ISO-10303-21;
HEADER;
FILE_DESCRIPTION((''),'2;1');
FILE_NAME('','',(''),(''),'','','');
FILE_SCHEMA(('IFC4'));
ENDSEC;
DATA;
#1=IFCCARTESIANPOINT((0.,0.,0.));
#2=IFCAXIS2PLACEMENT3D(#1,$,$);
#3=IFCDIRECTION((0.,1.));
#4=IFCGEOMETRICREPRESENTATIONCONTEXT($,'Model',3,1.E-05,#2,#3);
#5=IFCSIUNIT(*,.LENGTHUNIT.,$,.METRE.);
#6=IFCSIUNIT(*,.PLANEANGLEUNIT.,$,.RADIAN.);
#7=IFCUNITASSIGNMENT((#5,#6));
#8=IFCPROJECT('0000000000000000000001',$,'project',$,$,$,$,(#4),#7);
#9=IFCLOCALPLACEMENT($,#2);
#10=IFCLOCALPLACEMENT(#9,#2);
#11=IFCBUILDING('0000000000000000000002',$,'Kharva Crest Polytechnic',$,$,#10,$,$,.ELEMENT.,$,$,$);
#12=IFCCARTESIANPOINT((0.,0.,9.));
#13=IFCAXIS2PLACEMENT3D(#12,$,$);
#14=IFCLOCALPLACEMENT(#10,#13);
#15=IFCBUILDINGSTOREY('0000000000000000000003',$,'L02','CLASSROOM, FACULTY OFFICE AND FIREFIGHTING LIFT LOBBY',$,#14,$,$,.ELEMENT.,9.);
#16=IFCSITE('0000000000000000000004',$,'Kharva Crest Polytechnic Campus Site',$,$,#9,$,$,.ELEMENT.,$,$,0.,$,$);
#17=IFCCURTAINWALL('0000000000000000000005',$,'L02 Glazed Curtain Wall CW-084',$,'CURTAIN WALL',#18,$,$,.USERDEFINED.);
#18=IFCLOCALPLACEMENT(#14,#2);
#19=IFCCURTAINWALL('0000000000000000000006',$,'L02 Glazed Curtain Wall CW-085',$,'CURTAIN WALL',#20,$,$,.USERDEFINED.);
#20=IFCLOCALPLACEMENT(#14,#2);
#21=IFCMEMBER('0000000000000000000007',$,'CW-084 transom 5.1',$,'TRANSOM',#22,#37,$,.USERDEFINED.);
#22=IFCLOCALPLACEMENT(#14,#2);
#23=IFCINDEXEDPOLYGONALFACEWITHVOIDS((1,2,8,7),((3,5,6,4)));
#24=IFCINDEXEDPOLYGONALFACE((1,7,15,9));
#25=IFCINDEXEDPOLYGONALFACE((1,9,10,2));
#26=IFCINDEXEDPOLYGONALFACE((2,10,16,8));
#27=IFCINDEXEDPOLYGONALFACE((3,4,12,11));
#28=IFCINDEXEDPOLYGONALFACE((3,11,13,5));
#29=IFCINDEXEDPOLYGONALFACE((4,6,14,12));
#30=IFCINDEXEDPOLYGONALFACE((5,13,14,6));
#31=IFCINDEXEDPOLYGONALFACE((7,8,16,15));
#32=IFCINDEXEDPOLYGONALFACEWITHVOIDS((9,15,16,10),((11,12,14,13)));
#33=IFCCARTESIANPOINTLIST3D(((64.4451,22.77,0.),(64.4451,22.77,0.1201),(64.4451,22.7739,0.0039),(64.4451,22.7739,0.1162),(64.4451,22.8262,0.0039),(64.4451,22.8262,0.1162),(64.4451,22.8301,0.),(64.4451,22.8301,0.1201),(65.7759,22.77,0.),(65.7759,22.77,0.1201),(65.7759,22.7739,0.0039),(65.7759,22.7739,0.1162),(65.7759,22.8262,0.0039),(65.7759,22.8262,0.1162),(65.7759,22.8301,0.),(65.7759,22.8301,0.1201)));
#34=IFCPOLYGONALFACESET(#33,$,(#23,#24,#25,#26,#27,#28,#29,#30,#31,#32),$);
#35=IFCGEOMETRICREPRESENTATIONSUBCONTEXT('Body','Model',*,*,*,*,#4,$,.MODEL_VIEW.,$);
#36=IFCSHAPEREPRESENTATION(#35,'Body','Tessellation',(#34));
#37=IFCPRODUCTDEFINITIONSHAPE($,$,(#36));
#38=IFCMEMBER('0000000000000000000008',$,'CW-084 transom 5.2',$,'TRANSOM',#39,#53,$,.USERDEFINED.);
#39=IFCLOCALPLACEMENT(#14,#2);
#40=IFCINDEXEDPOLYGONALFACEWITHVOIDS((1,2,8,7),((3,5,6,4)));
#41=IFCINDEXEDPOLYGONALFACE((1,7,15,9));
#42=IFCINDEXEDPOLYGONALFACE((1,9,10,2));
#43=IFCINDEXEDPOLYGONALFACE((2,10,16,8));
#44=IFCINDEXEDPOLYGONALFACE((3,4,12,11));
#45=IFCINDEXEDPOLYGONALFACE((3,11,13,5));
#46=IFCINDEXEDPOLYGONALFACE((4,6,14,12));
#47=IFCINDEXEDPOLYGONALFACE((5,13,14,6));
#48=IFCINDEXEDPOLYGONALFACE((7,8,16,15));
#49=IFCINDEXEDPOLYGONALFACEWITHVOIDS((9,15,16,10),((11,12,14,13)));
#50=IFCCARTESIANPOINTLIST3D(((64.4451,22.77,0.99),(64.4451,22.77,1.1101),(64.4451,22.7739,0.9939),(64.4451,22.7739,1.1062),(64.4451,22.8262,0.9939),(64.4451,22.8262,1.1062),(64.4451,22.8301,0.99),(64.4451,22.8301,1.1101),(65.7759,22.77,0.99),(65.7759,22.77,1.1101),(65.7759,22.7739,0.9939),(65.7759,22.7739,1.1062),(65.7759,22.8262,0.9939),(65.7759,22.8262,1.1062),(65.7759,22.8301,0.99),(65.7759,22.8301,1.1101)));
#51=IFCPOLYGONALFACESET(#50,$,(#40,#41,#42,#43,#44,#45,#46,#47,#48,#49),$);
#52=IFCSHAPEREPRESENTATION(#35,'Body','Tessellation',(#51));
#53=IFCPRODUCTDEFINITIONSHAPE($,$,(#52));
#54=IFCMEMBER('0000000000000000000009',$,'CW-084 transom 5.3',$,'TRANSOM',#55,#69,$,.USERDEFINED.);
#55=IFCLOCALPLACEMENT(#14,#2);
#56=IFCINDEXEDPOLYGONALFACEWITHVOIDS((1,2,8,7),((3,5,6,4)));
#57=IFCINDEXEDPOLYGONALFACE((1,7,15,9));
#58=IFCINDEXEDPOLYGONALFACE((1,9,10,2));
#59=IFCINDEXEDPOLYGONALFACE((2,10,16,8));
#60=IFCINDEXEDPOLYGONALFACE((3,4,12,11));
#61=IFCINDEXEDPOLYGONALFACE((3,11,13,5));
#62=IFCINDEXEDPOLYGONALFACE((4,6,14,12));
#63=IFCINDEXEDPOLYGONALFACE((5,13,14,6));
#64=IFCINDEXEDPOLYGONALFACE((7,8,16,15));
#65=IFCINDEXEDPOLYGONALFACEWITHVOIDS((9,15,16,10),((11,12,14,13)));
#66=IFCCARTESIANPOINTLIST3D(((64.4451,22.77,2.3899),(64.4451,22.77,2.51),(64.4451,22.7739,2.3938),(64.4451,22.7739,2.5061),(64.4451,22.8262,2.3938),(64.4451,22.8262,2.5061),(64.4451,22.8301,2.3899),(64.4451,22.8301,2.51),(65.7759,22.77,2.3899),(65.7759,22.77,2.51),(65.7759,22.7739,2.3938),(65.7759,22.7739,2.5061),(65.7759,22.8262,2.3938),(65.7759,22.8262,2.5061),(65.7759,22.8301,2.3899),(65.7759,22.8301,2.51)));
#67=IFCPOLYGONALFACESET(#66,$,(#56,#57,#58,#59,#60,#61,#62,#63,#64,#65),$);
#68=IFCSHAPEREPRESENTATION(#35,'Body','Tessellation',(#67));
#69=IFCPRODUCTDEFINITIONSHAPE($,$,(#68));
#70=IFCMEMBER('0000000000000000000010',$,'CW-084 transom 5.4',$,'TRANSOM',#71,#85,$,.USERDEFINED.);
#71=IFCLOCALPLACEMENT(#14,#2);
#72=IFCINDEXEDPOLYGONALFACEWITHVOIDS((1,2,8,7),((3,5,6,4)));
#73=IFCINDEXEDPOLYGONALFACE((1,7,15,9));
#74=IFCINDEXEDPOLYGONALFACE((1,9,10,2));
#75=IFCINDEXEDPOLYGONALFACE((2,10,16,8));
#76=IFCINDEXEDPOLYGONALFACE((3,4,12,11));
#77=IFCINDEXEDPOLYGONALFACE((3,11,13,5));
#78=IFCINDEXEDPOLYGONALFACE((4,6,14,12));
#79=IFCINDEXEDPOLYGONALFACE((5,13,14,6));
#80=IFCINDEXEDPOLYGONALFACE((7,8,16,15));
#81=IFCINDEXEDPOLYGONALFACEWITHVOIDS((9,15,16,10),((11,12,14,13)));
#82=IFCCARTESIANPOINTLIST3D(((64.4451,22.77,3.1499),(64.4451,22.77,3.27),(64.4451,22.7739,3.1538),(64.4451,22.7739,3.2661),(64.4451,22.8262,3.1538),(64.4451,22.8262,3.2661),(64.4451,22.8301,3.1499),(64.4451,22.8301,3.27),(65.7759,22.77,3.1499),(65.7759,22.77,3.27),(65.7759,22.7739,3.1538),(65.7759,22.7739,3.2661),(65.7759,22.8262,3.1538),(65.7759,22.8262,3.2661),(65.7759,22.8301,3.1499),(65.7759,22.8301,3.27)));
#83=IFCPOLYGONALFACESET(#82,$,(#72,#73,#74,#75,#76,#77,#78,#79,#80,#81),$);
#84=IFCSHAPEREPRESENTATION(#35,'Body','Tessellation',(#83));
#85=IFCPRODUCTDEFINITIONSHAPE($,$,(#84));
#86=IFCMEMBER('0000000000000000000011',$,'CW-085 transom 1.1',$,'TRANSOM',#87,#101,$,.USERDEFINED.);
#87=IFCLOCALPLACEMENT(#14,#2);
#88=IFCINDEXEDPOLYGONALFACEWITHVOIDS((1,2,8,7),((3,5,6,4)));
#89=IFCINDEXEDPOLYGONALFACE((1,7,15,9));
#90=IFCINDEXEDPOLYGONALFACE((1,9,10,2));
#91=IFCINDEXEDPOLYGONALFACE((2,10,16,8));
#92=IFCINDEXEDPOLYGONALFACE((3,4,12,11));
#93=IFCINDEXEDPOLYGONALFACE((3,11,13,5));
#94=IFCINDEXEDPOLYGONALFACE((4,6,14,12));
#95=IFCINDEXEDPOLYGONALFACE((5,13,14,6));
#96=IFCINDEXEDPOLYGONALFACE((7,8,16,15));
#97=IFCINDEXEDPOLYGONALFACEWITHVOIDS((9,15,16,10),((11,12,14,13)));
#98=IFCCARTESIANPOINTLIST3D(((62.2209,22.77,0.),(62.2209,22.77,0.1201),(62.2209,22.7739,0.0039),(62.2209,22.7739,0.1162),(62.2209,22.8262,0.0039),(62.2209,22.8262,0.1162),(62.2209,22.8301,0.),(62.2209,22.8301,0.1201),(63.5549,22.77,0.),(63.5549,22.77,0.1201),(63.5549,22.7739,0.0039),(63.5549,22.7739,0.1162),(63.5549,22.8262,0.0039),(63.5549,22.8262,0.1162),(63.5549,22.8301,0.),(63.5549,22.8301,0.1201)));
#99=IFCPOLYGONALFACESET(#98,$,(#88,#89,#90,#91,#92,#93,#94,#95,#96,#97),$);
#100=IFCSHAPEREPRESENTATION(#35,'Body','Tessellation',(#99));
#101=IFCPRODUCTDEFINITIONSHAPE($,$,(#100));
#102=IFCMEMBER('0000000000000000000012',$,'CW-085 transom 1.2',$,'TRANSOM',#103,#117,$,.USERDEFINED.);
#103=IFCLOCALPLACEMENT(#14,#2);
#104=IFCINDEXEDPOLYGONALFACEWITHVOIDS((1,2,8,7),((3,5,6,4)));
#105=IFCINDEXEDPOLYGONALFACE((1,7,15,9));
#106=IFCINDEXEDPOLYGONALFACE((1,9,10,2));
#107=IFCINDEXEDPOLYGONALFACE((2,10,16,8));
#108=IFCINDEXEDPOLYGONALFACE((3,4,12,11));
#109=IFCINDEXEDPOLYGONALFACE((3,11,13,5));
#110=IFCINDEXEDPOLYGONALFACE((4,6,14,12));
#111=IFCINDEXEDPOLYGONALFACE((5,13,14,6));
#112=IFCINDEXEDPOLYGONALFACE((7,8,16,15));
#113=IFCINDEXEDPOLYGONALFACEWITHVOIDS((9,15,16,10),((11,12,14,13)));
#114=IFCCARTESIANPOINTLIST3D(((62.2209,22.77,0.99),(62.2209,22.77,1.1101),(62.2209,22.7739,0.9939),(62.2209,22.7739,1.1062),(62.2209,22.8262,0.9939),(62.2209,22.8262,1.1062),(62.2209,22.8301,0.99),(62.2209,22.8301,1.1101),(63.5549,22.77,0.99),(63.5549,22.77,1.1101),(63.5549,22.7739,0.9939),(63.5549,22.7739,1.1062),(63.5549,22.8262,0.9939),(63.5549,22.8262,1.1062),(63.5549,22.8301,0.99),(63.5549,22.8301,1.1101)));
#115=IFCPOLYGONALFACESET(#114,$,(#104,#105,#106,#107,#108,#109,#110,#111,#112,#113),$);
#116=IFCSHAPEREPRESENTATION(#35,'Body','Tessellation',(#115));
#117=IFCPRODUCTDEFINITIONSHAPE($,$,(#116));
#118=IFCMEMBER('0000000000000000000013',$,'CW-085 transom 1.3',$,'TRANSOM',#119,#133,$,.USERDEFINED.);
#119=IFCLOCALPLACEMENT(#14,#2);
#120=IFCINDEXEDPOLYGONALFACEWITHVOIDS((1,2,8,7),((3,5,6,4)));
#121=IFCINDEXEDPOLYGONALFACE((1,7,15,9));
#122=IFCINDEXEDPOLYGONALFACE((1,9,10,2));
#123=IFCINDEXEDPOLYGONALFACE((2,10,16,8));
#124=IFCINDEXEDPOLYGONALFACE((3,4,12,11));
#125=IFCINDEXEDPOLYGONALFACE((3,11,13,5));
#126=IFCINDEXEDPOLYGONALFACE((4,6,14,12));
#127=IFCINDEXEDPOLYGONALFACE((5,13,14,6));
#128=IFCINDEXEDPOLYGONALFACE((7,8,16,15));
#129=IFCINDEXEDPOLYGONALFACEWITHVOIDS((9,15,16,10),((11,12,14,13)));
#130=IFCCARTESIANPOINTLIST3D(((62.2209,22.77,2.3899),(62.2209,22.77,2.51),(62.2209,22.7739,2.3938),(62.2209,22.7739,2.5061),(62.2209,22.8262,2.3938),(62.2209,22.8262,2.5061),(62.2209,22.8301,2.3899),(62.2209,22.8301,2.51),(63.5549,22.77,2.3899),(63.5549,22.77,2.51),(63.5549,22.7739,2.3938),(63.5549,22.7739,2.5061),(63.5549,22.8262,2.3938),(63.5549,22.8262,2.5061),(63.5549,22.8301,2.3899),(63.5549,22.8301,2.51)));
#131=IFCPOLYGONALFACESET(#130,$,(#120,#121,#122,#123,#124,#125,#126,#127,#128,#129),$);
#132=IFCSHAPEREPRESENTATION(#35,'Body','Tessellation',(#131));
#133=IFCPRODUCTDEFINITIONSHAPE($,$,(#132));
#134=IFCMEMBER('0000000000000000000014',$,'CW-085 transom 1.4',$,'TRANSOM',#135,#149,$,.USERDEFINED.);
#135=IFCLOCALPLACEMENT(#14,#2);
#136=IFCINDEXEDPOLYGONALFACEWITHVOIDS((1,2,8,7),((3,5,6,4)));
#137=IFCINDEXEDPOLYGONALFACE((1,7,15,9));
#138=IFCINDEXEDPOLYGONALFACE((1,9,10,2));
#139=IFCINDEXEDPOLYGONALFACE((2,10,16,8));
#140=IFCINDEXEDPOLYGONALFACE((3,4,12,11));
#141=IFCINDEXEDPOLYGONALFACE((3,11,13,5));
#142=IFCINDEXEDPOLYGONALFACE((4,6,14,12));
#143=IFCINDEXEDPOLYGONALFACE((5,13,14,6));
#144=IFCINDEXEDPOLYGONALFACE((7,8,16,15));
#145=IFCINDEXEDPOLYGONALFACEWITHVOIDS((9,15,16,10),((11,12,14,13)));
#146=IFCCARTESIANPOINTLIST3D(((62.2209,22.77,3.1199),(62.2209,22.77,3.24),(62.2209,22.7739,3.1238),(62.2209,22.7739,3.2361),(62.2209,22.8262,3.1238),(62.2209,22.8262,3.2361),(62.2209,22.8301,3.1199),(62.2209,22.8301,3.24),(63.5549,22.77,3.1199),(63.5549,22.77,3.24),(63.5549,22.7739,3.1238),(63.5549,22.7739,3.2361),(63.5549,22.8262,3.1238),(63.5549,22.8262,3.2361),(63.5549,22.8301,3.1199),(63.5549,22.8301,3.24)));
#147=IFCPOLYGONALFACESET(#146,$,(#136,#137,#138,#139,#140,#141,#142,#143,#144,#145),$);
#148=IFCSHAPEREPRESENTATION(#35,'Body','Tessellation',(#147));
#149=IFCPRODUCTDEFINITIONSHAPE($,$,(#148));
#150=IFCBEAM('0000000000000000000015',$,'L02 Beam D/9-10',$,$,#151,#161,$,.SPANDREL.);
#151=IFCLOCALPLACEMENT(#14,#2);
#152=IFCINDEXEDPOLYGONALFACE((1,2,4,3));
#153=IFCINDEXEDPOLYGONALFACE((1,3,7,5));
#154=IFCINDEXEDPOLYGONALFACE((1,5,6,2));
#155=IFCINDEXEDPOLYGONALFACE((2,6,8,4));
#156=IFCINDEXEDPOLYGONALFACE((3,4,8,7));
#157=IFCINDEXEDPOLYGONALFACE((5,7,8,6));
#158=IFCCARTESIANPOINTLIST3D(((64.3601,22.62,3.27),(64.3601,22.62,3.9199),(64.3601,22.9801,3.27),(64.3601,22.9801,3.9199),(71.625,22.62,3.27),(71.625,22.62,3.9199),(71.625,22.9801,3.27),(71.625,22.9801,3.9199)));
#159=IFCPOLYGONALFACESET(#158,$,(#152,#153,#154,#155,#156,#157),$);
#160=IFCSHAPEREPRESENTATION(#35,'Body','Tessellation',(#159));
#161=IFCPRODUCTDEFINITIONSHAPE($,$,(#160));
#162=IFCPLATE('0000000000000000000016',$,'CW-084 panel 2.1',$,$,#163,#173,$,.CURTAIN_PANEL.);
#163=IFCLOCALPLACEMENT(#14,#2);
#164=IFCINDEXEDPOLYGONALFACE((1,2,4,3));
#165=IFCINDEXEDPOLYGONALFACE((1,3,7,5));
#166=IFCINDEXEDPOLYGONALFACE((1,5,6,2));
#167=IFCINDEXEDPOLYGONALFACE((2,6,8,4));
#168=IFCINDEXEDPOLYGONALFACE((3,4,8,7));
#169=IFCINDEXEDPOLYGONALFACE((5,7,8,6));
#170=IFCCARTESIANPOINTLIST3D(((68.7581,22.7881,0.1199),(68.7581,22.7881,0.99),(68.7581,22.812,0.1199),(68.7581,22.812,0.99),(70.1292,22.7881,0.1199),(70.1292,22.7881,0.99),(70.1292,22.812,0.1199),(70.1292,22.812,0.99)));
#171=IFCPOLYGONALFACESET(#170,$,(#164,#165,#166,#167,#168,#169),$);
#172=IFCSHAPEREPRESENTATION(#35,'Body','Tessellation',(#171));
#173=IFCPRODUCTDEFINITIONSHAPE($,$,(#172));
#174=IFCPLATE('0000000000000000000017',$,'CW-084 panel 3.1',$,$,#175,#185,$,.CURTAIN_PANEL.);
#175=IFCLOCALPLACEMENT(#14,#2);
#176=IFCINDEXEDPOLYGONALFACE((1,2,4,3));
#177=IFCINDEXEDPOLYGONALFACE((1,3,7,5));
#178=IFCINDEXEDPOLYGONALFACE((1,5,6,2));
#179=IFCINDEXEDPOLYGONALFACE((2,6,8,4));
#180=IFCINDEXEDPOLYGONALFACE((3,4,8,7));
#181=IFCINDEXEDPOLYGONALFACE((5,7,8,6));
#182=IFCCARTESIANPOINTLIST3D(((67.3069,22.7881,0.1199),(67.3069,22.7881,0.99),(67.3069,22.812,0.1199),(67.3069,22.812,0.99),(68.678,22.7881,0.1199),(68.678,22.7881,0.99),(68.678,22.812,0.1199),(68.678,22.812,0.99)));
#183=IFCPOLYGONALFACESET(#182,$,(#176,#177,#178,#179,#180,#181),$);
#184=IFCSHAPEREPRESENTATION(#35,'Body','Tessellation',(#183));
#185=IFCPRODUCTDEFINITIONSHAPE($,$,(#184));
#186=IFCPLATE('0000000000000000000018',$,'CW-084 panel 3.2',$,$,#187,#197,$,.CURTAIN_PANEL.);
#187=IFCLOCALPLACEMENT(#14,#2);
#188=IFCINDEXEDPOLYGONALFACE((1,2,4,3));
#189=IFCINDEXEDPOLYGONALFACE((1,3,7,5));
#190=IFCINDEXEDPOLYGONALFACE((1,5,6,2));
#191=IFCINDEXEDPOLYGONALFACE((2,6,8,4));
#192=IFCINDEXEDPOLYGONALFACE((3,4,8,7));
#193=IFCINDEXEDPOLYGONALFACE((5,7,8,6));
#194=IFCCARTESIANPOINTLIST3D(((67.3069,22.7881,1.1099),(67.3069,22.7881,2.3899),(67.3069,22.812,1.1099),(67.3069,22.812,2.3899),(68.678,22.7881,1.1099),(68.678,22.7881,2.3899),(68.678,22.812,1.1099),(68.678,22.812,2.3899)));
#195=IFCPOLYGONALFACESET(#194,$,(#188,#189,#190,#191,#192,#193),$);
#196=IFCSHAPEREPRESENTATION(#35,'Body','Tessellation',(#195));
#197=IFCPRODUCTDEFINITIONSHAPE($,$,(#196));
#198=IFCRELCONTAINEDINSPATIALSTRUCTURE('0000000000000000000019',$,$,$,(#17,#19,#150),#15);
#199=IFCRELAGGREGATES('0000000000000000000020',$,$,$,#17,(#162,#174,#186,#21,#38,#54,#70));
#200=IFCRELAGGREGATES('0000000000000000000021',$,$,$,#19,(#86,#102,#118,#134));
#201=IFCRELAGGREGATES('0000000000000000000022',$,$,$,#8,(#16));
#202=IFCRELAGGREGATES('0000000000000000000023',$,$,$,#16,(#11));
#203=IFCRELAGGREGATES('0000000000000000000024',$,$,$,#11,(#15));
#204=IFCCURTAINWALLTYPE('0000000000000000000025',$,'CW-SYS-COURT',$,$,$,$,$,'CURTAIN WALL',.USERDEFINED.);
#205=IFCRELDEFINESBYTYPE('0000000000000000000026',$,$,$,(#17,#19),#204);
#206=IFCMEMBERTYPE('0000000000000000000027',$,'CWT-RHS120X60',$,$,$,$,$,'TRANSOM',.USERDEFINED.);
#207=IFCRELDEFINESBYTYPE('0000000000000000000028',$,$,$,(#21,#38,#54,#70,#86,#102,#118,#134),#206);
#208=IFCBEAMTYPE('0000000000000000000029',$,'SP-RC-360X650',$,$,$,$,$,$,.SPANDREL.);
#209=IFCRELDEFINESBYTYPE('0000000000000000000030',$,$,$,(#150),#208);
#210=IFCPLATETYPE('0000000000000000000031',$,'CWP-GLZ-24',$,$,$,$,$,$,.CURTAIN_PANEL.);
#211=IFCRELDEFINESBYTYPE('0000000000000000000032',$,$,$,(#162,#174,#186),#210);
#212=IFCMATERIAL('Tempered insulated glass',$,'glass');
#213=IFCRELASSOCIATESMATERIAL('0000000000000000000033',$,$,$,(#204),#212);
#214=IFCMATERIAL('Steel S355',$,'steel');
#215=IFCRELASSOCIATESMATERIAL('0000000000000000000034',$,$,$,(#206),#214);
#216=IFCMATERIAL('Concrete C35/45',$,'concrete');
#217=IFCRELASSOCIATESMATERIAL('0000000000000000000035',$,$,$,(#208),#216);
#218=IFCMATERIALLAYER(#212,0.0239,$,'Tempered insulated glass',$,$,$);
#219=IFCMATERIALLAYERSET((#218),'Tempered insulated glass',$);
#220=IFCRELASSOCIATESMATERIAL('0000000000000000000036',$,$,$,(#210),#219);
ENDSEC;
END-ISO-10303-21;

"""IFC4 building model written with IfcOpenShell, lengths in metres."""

from ifc_helpers import new_model, si_unit, direction, frame, origin, origin_2d, place, context, subcontext, project, spatial, rectangle, hollow_rectangle, extrude, material, layer, layer_set, material_profile, profile_set, type_object, element, aggregate, save


model = new_model("IFC4")

# Units and contexts
model_context = context("Model", 3, precision=1e-05, world=origin(), true_north=direction((0.0, 1.0)))
body_context = subcontext(model_context, "Body", "Model", "MODEL_VIEW")
ifc_project = project(units=[si_unit("LENGTHUNIT", "METRE"), si_unit("PLANEANGLEUNIT", "RADIAN")], contexts=[model_context])

# Site, building, storey
site_placement = place(None, origin())
site = spatial("IfcSite", under=ifc_project, at=site_placement, Name="Kharva Crest Polytechnic Campus Site", CompositionType="ELEMENT", RefElevation=0.0)
building_placement = place(site_placement, origin())
building = spatial("IfcBuilding", under=site, at=building_placement, Name="Kharva Crest Polytechnic", CompositionType="ELEMENT")
storey_placement = place(building_placement, frame((0.0, 0.0, 9.0)))
storey = spatial("IfcBuildingStorey", under=building, at=storey_placement, Name="L02", Description="CLASSROOM, FACULTY OFFICE AND FIREFIGHTING LIFT LOBBY", CompositionType="ELEMENT", Elevation=9.0)

# Shared definitions
ifc_material_1 = material(Name="Steel S355", Category="steel")

# Curtain wall
ifc_material_2 = material(Name="Tempered insulated glass", Category="glass")
curtain_wall_type = type_object("IfcCurtainWallType", Name="CW-SYS-COURT", ElementType="CURTAIN WALL", PredefinedType="USERDEFINED", material=ifc_material_2)
curtain_wall_1_placement = place(storey_placement, origin())
curtain_wall_1 = element("IfcCurtainWall", 1, at=curtain_wall_1_placement, inside=storey, type_object=curtain_wall_type, Name="L02 Glazed Curtain Wall CW-084", ObjectType="CURTAIN WALL", PredefinedType="USERDEFINED")

# Curtain wall
curtain_wall_2_placement = place(storey_placement, origin())
curtain_wall_2 = element("IfcCurtainWall", 2, at=curtain_wall_2_placement, inside=storey, type_object=curtain_wall_type, Name="L02 Glazed Curtain Wall CW-085", ObjectType="CURTAIN WALL", PredefinedType="USERDEFINED")

# Members
ifc_material_profile_1 = material_profile(ifc_material_1, hollow_rectangle(XDim=0.0601, YDim=0.1201, WallThickness=0.0039, at=origin_2d()), Name="RHS 120X60X4.0")
ifc_profile_set_1 = profile_set([ifc_material_profile_1], Name="Steel S355")
member_type_1 = type_object("IfcMemberType", Name="CWT-RHS120X60", ElementType="TRANSOM", PredefinedType="USERDEFINED", material=ifc_profile_set_1)
member_1_placement = place(storey_placement, frame((65.7759, 22.8, 0.0601), z_axis=(-1.0, 0.0, 0.0), x_axis=(0.0, -1.0, 0.0)))
member_1 = element("IfcMember", 3, at=member_1_placement, type_object=member_type_1, Name="CW-084 transom 5.1", ObjectType="TRANSOM", PredefinedType="USERDEFINED", context=body_context, shape_type="SweptSolid", body=[
    extrude(hollow_rectangle(XDim=0.0601, YDim=0.1201, WallThickness=0.0039, at=origin_2d()), origin(), (0.0, 0.0, 1.0), 1.3308),
])
member_2_placement = place(storey_placement, frame((65.7759, 22.8, 1.05), z_axis=(-1.0, 0.0, 0.0), x_axis=(0.0, -1.0, 0.0)))
member_2 = element("IfcMember", 4, at=member_2_placement, type_object=member_type_1, Name="CW-084 transom 5.2", ObjectType="TRANSOM", PredefinedType="USERDEFINED", context=body_context, shape_type="SweptSolid", body=[
    extrude(hollow_rectangle(XDim=0.0601, YDim=0.1201, WallThickness=0.0039, at=origin_2d()), origin(), (0.0, 0.0, 1.0), 1.3308),
])
member_3_placement = place(storey_placement, frame((65.7759, 22.8, 2.45), z_axis=(-1.0, 0.0, 0.0), x_axis=(0.0, -1.0, 0.0)))
member_3 = element("IfcMember", 5, at=member_3_placement, type_object=member_type_1, Name="CW-084 transom 5.3", ObjectType="TRANSOM", PredefinedType="USERDEFINED", context=body_context, shape_type="SweptSolid", body=[
    extrude(hollow_rectangle(XDim=0.0601, YDim=0.1201, WallThickness=0.0039, at=origin_2d()), origin(), (0.0, 0.0, 1.0), 1.3308),
])
member_4_placement = place(storey_placement, frame((65.7759, 22.8, 3.21), z_axis=(-1.0, 0.0, 0.0), x_axis=(0.0, -1.0, 0.0)))
member_4 = element("IfcMember", 6, at=member_4_placement, type_object=member_type_1, Name="CW-084 transom 5.4", ObjectType="TRANSOM", PredefinedType="USERDEFINED", context=body_context, shape_type="SweptSolid", body=[
    extrude(hollow_rectangle(XDim=0.0601, YDim=0.1201, WallThickness=0.0039, at=origin_2d()), origin(), (0.0, 0.0, 1.0), 1.3308),
])
member_5_placement = place(storey_placement, frame((63.5549, 22.8, 0.0601), z_axis=(-1.0, 0.0, 0.0), x_axis=(0.0, -1.0, 0.0)))
member_5 = element("IfcMember", 7, at=member_5_placement, type_object=member_type_1, Name="CW-085 transom 1.1", ObjectType="TRANSOM", PredefinedType="USERDEFINED", context=body_context, shape_type="SweptSolid", body=[
    extrude(hollow_rectangle(XDim=0.0601, YDim=0.1201, WallThickness=0.0039, at=origin_2d()), origin(), (0.0, 0.0, 1.0), 1.334),
])
member_6_placement = place(storey_placement, frame((63.5549, 22.8, 1.05), z_axis=(-1.0, 0.0, 0.0), x_axis=(0.0, -1.0, 0.0)))
member_6 = element("IfcMember", 8, at=member_6_placement, type_object=member_type_1, Name="CW-085 transom 1.2", ObjectType="TRANSOM", PredefinedType="USERDEFINED", context=body_context, shape_type="SweptSolid", body=[
    extrude(hollow_rectangle(XDim=0.0601, YDim=0.1201, WallThickness=0.0039, at=origin_2d()), origin(), (0.0, 0.0, 1.0), 1.334),
])
member_7_placement = place(storey_placement, frame((63.5549, 22.8, 2.45), z_axis=(-1.0, 0.0, 0.0), x_axis=(0.0, -1.0, 0.0)))
member_7 = element("IfcMember", 9, at=member_7_placement, type_object=member_type_1, Name="CW-085 transom 1.3", ObjectType="TRANSOM", PredefinedType="USERDEFINED", context=body_context, shape_type="SweptSolid", body=[
    extrude(hollow_rectangle(XDim=0.0601, YDim=0.1201, WallThickness=0.0039, at=origin_2d()), origin(), (0.0, 0.0, 1.0), 1.334),
])
member_8_placement = place(storey_placement, frame((63.5549, 22.8, 3.1799), z_axis=(-1.0, 0.0, 0.0), x_axis=(0.0, -1.0, 0.0)))
member_8 = element("IfcMember", 10, at=member_8_placement, type_object=member_type_1, Name="CW-085 transom 1.4", ObjectType="TRANSOM", PredefinedType="USERDEFINED", context=body_context, shape_type="SweptSolid", body=[
    extrude(hollow_rectangle(XDim=0.0601, YDim=0.1201, WallThickness=0.0039, at=origin_2d()), origin(), (0.0, 0.0, 1.0), 1.334),
])

# Beam
ifc_material_3 = material(Name="Concrete C35/45", Category="concrete")
ifc_material_profile_2 = material_profile(ifc_material_3, rectangle(XDim=0.3601, YDim=0.6499, at=origin_2d()), Name="RECT 360 X 650")
ifc_profile_set_2 = profile_set([ifc_material_profile_2], Name="Concrete C35/45")
beam_type = type_object("IfcBeamType", Name="SP-RC-360X650", PredefinedType="SPANDREL", material=ifc_profile_set_2)
beam_placement = place(storey_placement, frame((64.3601, 22.8, 3.595), z_axis=(1.0, 0.0, 0.0), x_axis=(0.0, 1.0, 0.0)))
element("IfcBeam", 11, at=beam_placement, inside=storey, type_object=beam_type, Name="L02 Beam D/9-10", PredefinedType="SPANDREL", context=body_context, shape_type="SweptSolid", body=[
    extrude(rectangle(XDim=0.3601, YDim=0.6499, at=origin_2d()), origin(), (0.0, 0.0, 1.0), 7.2649),
])

# Plates
ifc_layer = layer(ifc_material_2, 0.0239, Name="Tempered insulated glass")
ifc_layer_set = layer_set([ifc_layer], Name="Tempered insulated glass")
plate_type = type_object("IfcPlateType", Name="CWP-GLZ-24", PredefinedType="CURTAIN_PANEL", material=ifc_layer_set)
plate_1_placement = place(storey_placement, frame((69.4436, 22.8, 0.1199), z_axis=(0.0, 0.0, 1.0), x_axis=(-1.0, 0.0, 0.0)))
plate_1 = element("IfcPlate", 12, at=plate_1_placement, type_object=plate_type, Name="CW-084 panel 2.1", PredefinedType="CURTAIN_PANEL", context=body_context, shape_type="SweptSolid", body=[
    extrude(rectangle(XDim=1.3711, YDim=0.0239, at=origin_2d()), origin(), (0.0, 0.0, 1.0), 0.8701),
])
plate_2_placement = place(storey_placement, frame((67.9924, 22.8, 0.1199), z_axis=(0.0, 0.0, 1.0), x_axis=(-1.0, 0.0, 0.0)))
plate_2 = element("IfcPlate", 13, at=plate_2_placement, type_object=plate_type, Name="CW-084 panel 3.1", PredefinedType="CURTAIN_PANEL", context=body_context, shape_type="SweptSolid", body=[
    extrude(rectangle(XDim=1.3711, YDim=0.0239, at=origin_2d()), origin(), (0.0, 0.0, 1.0), 0.8701),
])
plate_3_placement = place(storey_placement, frame((67.9924, 22.8, 1.1099), z_axis=(0.0, 0.0, 1.0), x_axis=(-1.0, 0.0, 0.0)))
plate_3 = element("IfcPlate", 14, at=plate_3_placement, type_object=plate_type, Name="CW-084 panel 3.2", PredefinedType="CURTAIN_PANEL", context=body_context, shape_type="SweptSolid", body=[
    extrude(rectangle(XDim=1.3711, YDim=0.0239, at=origin_2d()), origin(), (0.0, 0.0, 1.0), 1.28),
])
aggregate(curtain_wall_1, [plate_1, plate_2, plate_3, member_1, member_2, member_3, member_4])
aggregate(curtain_wall_2, [member_5, member_6, member_7, member_8])

save(model, "model.ifc")
